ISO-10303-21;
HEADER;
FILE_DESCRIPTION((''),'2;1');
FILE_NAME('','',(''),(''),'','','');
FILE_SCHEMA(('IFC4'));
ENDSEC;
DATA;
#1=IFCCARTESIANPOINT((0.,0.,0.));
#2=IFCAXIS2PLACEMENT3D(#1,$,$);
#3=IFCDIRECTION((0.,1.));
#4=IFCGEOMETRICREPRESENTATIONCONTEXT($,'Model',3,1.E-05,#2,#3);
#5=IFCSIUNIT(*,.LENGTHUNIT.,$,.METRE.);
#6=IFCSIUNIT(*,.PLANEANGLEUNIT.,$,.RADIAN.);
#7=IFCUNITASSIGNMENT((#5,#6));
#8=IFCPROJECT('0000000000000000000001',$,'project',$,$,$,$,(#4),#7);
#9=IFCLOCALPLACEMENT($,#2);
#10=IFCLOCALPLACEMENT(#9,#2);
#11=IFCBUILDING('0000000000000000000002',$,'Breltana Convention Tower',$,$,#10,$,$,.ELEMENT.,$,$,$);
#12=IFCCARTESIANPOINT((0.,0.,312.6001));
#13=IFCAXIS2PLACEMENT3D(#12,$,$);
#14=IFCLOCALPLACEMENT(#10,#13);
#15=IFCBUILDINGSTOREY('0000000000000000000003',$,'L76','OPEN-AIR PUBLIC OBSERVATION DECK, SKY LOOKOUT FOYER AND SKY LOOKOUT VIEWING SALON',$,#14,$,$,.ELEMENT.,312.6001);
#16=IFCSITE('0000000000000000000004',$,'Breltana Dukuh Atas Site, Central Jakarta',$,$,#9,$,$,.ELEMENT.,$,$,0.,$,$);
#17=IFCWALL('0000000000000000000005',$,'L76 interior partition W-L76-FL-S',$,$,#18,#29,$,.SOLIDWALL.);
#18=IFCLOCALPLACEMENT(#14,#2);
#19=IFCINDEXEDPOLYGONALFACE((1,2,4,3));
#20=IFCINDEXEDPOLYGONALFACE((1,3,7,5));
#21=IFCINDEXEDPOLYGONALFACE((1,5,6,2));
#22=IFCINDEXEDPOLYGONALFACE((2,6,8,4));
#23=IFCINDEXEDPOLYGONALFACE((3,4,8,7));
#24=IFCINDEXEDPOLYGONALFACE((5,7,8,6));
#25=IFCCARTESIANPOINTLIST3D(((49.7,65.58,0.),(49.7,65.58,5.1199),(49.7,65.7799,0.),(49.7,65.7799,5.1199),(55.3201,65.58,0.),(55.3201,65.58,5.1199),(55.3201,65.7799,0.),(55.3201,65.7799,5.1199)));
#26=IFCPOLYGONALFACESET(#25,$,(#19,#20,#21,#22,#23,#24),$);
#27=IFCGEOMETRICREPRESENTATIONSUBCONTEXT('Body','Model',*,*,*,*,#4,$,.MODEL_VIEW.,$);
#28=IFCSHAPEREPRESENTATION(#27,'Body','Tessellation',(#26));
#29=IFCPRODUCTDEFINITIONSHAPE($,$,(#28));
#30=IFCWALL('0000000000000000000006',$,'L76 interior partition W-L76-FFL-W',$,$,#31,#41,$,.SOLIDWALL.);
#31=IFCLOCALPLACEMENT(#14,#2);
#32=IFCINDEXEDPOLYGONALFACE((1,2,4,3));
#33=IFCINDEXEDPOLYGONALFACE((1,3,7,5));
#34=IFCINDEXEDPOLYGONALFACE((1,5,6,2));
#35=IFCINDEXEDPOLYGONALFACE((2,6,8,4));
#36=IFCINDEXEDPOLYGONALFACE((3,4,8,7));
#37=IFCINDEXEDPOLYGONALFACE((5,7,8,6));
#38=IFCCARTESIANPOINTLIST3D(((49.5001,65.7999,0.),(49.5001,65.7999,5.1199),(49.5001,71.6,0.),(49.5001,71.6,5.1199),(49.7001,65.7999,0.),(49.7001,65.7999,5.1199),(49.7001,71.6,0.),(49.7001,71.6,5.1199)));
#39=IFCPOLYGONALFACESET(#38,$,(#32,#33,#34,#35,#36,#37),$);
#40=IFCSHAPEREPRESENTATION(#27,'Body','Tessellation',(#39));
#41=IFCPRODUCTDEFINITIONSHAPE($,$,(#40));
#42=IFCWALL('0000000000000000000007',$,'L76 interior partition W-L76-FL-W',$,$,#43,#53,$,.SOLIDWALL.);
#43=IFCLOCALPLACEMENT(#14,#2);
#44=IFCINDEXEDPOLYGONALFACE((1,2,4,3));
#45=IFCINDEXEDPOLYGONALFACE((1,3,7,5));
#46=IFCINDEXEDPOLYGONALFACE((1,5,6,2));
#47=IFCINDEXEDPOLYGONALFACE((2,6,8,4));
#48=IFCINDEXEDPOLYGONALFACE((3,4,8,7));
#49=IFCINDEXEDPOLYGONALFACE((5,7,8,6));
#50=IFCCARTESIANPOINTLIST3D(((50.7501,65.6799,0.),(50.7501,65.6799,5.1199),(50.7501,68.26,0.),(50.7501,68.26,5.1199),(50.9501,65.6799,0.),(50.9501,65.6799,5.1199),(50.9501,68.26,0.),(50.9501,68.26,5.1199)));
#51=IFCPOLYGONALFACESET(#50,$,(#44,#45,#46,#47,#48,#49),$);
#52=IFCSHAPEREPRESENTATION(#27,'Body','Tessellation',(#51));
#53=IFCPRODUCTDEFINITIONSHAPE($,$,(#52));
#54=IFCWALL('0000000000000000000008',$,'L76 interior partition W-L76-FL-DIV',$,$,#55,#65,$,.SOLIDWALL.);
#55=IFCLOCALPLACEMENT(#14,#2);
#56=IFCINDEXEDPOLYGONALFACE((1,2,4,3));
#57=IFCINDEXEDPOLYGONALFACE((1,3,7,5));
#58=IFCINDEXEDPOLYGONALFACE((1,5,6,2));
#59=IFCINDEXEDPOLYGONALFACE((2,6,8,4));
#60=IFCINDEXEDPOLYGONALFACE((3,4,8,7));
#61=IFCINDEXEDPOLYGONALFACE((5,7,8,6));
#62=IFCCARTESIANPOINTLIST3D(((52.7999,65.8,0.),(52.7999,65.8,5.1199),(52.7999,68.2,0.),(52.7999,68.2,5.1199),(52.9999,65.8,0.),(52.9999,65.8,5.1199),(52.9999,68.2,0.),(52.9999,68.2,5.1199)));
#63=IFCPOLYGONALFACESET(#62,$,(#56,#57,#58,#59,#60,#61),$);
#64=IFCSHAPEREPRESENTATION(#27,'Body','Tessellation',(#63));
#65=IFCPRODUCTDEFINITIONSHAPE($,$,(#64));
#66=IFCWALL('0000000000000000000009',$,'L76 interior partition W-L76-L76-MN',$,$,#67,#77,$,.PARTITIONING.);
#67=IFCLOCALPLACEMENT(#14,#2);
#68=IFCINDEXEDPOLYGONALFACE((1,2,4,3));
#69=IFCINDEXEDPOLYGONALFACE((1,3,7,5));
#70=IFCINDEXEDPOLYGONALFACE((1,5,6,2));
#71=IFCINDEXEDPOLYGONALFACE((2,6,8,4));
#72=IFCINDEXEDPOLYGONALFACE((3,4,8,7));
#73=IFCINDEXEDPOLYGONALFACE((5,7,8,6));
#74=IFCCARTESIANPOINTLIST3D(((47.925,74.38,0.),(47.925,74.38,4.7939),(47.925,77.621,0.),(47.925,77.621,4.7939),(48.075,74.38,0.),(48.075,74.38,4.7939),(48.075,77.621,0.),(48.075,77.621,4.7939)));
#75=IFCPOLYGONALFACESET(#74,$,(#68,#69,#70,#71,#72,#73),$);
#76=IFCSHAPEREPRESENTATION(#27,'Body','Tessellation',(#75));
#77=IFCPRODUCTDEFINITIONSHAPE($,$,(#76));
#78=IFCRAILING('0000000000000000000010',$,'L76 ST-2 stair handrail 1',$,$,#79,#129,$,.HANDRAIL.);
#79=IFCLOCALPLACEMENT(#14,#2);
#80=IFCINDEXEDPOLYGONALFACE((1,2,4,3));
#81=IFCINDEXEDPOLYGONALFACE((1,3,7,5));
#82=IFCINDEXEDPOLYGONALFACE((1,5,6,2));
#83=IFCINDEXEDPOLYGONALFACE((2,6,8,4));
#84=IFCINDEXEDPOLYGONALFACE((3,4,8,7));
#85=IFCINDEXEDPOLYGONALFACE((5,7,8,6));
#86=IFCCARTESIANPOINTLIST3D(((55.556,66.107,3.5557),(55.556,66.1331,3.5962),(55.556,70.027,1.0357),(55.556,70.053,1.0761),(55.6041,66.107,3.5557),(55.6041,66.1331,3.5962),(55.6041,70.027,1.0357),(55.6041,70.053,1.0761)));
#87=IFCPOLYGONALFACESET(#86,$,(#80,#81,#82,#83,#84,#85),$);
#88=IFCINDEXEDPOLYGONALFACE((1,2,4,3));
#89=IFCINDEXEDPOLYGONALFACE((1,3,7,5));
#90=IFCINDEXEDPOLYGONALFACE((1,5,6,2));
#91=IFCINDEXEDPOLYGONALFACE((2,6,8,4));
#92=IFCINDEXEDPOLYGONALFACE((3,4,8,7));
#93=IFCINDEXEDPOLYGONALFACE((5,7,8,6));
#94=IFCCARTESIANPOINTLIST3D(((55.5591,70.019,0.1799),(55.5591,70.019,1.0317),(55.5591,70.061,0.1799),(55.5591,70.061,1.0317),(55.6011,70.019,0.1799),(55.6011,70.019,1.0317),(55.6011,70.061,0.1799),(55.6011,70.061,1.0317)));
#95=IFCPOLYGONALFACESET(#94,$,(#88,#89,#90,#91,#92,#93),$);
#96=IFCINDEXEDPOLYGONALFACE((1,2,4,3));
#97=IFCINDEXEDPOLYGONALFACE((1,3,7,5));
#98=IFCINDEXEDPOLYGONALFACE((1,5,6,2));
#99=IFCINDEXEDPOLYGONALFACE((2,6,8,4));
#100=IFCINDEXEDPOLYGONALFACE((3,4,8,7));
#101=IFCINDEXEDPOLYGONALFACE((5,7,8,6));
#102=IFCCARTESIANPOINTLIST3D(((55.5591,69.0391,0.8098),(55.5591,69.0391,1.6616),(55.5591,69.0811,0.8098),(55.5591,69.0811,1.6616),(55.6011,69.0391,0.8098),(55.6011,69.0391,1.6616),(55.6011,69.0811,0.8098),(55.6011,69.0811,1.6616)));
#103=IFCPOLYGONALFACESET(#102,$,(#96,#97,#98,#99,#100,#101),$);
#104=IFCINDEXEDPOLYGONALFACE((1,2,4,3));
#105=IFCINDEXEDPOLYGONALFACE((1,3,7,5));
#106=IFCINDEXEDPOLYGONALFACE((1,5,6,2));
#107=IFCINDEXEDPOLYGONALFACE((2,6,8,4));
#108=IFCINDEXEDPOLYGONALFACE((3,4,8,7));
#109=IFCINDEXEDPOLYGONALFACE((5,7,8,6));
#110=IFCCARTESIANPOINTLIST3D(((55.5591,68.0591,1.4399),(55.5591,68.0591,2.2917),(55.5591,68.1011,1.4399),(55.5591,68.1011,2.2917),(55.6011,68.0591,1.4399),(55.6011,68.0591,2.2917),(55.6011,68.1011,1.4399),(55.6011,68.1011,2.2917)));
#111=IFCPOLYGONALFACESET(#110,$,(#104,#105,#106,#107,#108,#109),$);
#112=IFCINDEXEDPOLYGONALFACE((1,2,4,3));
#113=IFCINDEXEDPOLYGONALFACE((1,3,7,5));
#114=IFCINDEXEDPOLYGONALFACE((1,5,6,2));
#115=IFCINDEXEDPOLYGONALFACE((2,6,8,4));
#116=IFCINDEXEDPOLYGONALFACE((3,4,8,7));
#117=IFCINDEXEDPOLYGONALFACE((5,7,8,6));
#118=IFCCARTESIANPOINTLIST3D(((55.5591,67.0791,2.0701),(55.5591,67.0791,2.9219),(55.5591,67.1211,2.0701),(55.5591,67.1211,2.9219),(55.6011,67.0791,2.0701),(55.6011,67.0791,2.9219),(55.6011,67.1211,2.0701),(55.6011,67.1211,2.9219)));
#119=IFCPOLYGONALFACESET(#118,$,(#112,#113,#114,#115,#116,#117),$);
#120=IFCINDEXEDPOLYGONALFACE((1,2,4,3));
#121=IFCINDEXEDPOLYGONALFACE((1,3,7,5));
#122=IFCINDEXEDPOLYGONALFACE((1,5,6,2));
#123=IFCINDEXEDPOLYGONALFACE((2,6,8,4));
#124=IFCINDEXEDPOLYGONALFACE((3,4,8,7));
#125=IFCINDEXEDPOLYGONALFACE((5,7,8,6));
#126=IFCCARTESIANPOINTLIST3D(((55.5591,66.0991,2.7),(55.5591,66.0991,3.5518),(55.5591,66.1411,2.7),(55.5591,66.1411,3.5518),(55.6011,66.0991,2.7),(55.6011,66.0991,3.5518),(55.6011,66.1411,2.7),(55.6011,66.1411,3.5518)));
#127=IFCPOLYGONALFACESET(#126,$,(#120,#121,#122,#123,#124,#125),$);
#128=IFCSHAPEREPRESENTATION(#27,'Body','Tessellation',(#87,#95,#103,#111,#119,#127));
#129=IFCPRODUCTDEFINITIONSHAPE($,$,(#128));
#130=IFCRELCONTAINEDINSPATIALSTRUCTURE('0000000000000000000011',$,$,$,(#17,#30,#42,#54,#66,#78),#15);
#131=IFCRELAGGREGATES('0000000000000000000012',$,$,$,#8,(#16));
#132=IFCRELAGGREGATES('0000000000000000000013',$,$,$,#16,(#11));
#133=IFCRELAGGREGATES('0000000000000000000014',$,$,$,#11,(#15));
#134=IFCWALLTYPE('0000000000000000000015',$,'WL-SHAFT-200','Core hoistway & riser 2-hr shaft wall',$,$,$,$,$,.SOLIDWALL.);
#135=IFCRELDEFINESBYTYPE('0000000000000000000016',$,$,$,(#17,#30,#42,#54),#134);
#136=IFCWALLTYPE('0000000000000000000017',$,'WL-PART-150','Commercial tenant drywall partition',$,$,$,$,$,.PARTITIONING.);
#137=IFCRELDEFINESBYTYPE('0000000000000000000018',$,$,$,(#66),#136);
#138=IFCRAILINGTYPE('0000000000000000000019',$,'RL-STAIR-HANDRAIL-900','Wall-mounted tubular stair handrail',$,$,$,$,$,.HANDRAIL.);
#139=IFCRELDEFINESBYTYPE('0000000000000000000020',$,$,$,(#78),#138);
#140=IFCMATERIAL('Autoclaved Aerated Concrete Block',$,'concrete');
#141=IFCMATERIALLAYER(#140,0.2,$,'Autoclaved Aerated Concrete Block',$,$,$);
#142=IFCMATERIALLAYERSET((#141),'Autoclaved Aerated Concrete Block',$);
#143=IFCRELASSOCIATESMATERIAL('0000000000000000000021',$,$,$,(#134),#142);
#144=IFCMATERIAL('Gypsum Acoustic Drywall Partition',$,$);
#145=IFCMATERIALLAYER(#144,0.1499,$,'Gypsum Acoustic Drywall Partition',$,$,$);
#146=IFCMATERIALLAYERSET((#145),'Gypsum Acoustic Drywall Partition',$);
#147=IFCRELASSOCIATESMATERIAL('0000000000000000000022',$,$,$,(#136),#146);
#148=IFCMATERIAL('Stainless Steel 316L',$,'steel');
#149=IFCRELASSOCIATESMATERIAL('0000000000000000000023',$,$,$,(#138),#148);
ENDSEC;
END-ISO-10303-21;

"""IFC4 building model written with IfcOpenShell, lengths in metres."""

from ifc_helpers import new_model, si_unit, direction, frame, frame_2d, origin, origin_2d, place, context, subcontext, project, spatial, rectangle, extrude, source, transform, mapped, material, layer, layer_set, type_object, element, save


model = new_model("IFC4")

# Units and contexts
model_context = context("Model", 3, precision=1e-05, world=origin(), true_north=direction((0.0, 1.0)))
body_context = subcontext(model_context, "Body", "Model", "MODEL_VIEW")
ifc_project = project(units=[si_unit("LENGTHUNIT", "METRE"), si_unit("PLANEANGLEUNIT", "RADIAN")], contexts=[model_context])

# Site, building, storey
site_placement = place(None, origin())
site = spatial("IfcSite", under=ifc_project, at=site_placement, Name="Breltana Dukuh Atas Site, Central Jakarta", CompositionType="ELEMENT", RefElevation=0.0)
building_placement = place(site_placement, origin())
building = spatial("IfcBuilding", under=site, at=building_placement, Name="Breltana Convention Tower", CompositionType="ELEMENT")
storey_placement = place(building_placement, frame((0.0, 0.0, 312.6001)))
storey = spatial("IfcBuildingStorey", under=building, at=storey_placement, Name="L76", Description="OPEN-AIR PUBLIC OBSERVATION DECK, SKY LOOKOUT FOYER AND SKY LOOKOUT VIEWING SALON", CompositionType="ELEMENT", Elevation=312.6001)

# Shared definitions
ifc_material_1 = material(Name="Autoclaved Aerated Concrete Block", Category="concrete")
ifc_layer_1 = layer(ifc_material_1, 0.2, Name="Autoclaved Aerated Concrete Block")
ifc_layer_set_1 = layer_set([ifc_layer_1], Name="Autoclaved Aerated Concrete Block")
wall_type_1 = type_object("IfcWallType", Name="WL-SHAFT-200", Description="Core hoistway & riser 2-hr shaft wall", PredefinedType="SOLIDWALL", material=ifc_layer_set_1)
shared_shape_1 = source(origin(), body_context, "Body", "SweptSolid", [
    extrude(rectangle(XDim=5.6201, YDim=0.2, at=frame_2d((2.8101, 0.0))), origin(), (0.0, 0.0, 1.0), 5.1199),
])

# Walls
wall_1_placement = place(storey_placement, frame((49.7, 65.6799, 0.0), z_axis=(0.0, 0.0, 1.0), x_axis=(1.0, 0.0, 0.0)))
element("IfcWall", 1, at=wall_1_placement, inside=storey, type_object=wall_type_1, Name="L76 interior partition W-L76-FL-S", PredefinedType="SOLIDWALL", context=body_context, shape_type="MappedRepresentation", body=[
    mapped(shared_shape_1, transform((0.0, 0.0, 0.0), scale=1.0)),
])
shared_shape_2 = source(origin(), body_context, "Body", "SweptSolid", [
    extrude(rectangle(XDim=5.8, YDim=0.2, at=frame_2d((2.8999, 0.0))), origin(), (0.0, 0.0, 1.0), 5.1199),
])
wall_2_placement = place(storey_placement, frame((49.6001, 65.8, 0.0), z_axis=(0.0, 0.0, 1.0), x_axis=(0.0, 1.0, 0.0)))
element("IfcWall", 2, at=wall_2_placement, inside=storey, type_object=wall_type_1, Name="L76 interior partition W-L76-FFL-W", PredefinedType="SOLIDWALL", context=body_context, shape_type="MappedRepresentation", body=[
    mapped(shared_shape_2, transform((0.0, 0.0, 0.0), scale=1.0)),
])
shared_shape_3 = source(origin(), body_context, "Body", "SweptSolid", [
    extrude(rectangle(XDim=2.5801, YDim=0.2, at=frame_2d((1.29, 0.0))), origin(), (0.0, 0.0, 1.0), 5.1199),
])
wall_3_placement = place(storey_placement, frame((50.8501, 65.6799, 0.0), z_axis=(0.0, 0.0, 1.0), x_axis=(0.0, 1.0, 0.0)))
element("IfcWall", 3, at=wall_3_placement, inside=storey, type_object=wall_type_1, Name="L76 interior partition W-L76-FL-W", PredefinedType="SOLIDWALL", context=body_context, shape_type="MappedRepresentation", body=[
    mapped(shared_shape_3, transform((0.0, 0.0, 0.0), scale=1.0)),
])
shared_shape_4 = source(origin(), body_context, "Body", "SweptSolid", [
    extrude(rectangle(XDim=2.3999, YDim=0.2, at=frame_2d((1.2, 0.0))), origin(), (0.0, 0.0, 1.0), 5.1199),
])
wall_4_placement = place(storey_placement, frame((52.8999, 65.8, 0.0), z_axis=(0.0, 0.0, 1.0), x_axis=(0.0, 1.0, 0.0)))
element("IfcWall", 4, at=wall_4_placement, inside=storey, type_object=wall_type_1, Name="L76 interior partition W-L76-FL-DIV", PredefinedType="SOLIDWALL", context=body_context, shape_type="MappedRepresentation", body=[
    mapped(shared_shape_4, transform((0.0, 0.0, 0.0), scale=1.0)),
])

# Wall
ifc_material_2 = material(Name="Gypsum Acoustic Drywall Partition")
ifc_layer_2 = layer(ifc_material_2, 0.1499, Name="Gypsum Acoustic Drywall Partition")
ifc_layer_set_2 = layer_set([ifc_layer_2], Name="Gypsum Acoustic Drywall Partition")
wall_type_2 = type_object("IfcWallType", Name="WL-PART-150", Description="Commercial tenant drywall partition", PredefinedType="PARTITIONING", material=ifc_layer_set_2)
shared_shape_5 = source(origin(), body_context, "Body", "SweptSolid", [
    extrude(rectangle(XDim=3.241, YDim=0.1499, at=frame_2d((1.6206, 0.0))), origin(), (0.0, 0.0, 1.0), 4.7939),
])
wall_5_placement = place(storey_placement, frame((48.0, 74.3799, 0.0), z_axis=(0.0, 0.0, 1.0), x_axis=(0.0, 1.0, 0.0)))
element("IfcWall", 5, at=wall_5_placement, inside=storey, type_object=wall_type_2, Name="L76 interior partition W-L76-L76-MN", PredefinedType="PARTITIONING", context=body_context, shape_type="MappedRepresentation", body=[
    mapped(shared_shape_5, transform((0.0, 0.0, 0.0), scale=1.0)),
])

# Railing
ifc_material_3 = material(Name="Stainless Steel 316L", Category="steel")
railing_type_1 = type_object("IfcRailingType", Name="RL-STAIR-HANDRAIL-900", Description="Wall-mounted tubular stair handrail", PredefinedType="HANDRAIL", material=ifc_material_3)
railing_1_placement = place(storey_placement, frame((55.5801, 70.04, 0.1799)))
element("IfcRailing", 6, at=railing_1_placement, inside=storey, type_object=railing_type_1, Name="L76 ST-2 stair handrail 1", PredefinedType="HANDRAIL", context=body_context, shape_type="SweptSolid", body=[
    extrude(rectangle(XDim=0.0481, YDim=0.0481, at=origin_2d()), frame((0.0, 0.0, 0.876), z_axis=(0.0, -0.841172, 0.540768), x_axis=(1.0, 0.0, 0.0)), (0.0, 0.0, 1.0), 4.6602),
    extrude(rectangle(XDim=0.042, YDim=0.042, at=origin_2d()), origin(), (0.0, 0.0, 1.0), 0.8518),
    extrude(rectangle(XDim=0.042, YDim=0.042, at=origin_2d()), frame((0.0, -0.98, 0.6299)), (0.0, 0.0, 1.0), 0.8518),
    extrude(rectangle(XDim=0.042, YDim=0.042, at=origin_2d()), frame((0.0, -1.96, 1.26)), (0.0, 0.0, 1.0), 0.8518),
    extrude(rectangle(XDim=0.042, YDim=0.042, at=origin_2d()), frame((0.0, -2.9399, 1.8901)), (0.0, 0.0, 1.0), 0.8518),
    extrude(rectangle(XDim=0.042, YDim=0.042, at=origin_2d()), frame((0.0, -3.9199, 2.52)), (0.0, 0.0, 1.0), 0.8518),
])

save(model, "model.ifc")
